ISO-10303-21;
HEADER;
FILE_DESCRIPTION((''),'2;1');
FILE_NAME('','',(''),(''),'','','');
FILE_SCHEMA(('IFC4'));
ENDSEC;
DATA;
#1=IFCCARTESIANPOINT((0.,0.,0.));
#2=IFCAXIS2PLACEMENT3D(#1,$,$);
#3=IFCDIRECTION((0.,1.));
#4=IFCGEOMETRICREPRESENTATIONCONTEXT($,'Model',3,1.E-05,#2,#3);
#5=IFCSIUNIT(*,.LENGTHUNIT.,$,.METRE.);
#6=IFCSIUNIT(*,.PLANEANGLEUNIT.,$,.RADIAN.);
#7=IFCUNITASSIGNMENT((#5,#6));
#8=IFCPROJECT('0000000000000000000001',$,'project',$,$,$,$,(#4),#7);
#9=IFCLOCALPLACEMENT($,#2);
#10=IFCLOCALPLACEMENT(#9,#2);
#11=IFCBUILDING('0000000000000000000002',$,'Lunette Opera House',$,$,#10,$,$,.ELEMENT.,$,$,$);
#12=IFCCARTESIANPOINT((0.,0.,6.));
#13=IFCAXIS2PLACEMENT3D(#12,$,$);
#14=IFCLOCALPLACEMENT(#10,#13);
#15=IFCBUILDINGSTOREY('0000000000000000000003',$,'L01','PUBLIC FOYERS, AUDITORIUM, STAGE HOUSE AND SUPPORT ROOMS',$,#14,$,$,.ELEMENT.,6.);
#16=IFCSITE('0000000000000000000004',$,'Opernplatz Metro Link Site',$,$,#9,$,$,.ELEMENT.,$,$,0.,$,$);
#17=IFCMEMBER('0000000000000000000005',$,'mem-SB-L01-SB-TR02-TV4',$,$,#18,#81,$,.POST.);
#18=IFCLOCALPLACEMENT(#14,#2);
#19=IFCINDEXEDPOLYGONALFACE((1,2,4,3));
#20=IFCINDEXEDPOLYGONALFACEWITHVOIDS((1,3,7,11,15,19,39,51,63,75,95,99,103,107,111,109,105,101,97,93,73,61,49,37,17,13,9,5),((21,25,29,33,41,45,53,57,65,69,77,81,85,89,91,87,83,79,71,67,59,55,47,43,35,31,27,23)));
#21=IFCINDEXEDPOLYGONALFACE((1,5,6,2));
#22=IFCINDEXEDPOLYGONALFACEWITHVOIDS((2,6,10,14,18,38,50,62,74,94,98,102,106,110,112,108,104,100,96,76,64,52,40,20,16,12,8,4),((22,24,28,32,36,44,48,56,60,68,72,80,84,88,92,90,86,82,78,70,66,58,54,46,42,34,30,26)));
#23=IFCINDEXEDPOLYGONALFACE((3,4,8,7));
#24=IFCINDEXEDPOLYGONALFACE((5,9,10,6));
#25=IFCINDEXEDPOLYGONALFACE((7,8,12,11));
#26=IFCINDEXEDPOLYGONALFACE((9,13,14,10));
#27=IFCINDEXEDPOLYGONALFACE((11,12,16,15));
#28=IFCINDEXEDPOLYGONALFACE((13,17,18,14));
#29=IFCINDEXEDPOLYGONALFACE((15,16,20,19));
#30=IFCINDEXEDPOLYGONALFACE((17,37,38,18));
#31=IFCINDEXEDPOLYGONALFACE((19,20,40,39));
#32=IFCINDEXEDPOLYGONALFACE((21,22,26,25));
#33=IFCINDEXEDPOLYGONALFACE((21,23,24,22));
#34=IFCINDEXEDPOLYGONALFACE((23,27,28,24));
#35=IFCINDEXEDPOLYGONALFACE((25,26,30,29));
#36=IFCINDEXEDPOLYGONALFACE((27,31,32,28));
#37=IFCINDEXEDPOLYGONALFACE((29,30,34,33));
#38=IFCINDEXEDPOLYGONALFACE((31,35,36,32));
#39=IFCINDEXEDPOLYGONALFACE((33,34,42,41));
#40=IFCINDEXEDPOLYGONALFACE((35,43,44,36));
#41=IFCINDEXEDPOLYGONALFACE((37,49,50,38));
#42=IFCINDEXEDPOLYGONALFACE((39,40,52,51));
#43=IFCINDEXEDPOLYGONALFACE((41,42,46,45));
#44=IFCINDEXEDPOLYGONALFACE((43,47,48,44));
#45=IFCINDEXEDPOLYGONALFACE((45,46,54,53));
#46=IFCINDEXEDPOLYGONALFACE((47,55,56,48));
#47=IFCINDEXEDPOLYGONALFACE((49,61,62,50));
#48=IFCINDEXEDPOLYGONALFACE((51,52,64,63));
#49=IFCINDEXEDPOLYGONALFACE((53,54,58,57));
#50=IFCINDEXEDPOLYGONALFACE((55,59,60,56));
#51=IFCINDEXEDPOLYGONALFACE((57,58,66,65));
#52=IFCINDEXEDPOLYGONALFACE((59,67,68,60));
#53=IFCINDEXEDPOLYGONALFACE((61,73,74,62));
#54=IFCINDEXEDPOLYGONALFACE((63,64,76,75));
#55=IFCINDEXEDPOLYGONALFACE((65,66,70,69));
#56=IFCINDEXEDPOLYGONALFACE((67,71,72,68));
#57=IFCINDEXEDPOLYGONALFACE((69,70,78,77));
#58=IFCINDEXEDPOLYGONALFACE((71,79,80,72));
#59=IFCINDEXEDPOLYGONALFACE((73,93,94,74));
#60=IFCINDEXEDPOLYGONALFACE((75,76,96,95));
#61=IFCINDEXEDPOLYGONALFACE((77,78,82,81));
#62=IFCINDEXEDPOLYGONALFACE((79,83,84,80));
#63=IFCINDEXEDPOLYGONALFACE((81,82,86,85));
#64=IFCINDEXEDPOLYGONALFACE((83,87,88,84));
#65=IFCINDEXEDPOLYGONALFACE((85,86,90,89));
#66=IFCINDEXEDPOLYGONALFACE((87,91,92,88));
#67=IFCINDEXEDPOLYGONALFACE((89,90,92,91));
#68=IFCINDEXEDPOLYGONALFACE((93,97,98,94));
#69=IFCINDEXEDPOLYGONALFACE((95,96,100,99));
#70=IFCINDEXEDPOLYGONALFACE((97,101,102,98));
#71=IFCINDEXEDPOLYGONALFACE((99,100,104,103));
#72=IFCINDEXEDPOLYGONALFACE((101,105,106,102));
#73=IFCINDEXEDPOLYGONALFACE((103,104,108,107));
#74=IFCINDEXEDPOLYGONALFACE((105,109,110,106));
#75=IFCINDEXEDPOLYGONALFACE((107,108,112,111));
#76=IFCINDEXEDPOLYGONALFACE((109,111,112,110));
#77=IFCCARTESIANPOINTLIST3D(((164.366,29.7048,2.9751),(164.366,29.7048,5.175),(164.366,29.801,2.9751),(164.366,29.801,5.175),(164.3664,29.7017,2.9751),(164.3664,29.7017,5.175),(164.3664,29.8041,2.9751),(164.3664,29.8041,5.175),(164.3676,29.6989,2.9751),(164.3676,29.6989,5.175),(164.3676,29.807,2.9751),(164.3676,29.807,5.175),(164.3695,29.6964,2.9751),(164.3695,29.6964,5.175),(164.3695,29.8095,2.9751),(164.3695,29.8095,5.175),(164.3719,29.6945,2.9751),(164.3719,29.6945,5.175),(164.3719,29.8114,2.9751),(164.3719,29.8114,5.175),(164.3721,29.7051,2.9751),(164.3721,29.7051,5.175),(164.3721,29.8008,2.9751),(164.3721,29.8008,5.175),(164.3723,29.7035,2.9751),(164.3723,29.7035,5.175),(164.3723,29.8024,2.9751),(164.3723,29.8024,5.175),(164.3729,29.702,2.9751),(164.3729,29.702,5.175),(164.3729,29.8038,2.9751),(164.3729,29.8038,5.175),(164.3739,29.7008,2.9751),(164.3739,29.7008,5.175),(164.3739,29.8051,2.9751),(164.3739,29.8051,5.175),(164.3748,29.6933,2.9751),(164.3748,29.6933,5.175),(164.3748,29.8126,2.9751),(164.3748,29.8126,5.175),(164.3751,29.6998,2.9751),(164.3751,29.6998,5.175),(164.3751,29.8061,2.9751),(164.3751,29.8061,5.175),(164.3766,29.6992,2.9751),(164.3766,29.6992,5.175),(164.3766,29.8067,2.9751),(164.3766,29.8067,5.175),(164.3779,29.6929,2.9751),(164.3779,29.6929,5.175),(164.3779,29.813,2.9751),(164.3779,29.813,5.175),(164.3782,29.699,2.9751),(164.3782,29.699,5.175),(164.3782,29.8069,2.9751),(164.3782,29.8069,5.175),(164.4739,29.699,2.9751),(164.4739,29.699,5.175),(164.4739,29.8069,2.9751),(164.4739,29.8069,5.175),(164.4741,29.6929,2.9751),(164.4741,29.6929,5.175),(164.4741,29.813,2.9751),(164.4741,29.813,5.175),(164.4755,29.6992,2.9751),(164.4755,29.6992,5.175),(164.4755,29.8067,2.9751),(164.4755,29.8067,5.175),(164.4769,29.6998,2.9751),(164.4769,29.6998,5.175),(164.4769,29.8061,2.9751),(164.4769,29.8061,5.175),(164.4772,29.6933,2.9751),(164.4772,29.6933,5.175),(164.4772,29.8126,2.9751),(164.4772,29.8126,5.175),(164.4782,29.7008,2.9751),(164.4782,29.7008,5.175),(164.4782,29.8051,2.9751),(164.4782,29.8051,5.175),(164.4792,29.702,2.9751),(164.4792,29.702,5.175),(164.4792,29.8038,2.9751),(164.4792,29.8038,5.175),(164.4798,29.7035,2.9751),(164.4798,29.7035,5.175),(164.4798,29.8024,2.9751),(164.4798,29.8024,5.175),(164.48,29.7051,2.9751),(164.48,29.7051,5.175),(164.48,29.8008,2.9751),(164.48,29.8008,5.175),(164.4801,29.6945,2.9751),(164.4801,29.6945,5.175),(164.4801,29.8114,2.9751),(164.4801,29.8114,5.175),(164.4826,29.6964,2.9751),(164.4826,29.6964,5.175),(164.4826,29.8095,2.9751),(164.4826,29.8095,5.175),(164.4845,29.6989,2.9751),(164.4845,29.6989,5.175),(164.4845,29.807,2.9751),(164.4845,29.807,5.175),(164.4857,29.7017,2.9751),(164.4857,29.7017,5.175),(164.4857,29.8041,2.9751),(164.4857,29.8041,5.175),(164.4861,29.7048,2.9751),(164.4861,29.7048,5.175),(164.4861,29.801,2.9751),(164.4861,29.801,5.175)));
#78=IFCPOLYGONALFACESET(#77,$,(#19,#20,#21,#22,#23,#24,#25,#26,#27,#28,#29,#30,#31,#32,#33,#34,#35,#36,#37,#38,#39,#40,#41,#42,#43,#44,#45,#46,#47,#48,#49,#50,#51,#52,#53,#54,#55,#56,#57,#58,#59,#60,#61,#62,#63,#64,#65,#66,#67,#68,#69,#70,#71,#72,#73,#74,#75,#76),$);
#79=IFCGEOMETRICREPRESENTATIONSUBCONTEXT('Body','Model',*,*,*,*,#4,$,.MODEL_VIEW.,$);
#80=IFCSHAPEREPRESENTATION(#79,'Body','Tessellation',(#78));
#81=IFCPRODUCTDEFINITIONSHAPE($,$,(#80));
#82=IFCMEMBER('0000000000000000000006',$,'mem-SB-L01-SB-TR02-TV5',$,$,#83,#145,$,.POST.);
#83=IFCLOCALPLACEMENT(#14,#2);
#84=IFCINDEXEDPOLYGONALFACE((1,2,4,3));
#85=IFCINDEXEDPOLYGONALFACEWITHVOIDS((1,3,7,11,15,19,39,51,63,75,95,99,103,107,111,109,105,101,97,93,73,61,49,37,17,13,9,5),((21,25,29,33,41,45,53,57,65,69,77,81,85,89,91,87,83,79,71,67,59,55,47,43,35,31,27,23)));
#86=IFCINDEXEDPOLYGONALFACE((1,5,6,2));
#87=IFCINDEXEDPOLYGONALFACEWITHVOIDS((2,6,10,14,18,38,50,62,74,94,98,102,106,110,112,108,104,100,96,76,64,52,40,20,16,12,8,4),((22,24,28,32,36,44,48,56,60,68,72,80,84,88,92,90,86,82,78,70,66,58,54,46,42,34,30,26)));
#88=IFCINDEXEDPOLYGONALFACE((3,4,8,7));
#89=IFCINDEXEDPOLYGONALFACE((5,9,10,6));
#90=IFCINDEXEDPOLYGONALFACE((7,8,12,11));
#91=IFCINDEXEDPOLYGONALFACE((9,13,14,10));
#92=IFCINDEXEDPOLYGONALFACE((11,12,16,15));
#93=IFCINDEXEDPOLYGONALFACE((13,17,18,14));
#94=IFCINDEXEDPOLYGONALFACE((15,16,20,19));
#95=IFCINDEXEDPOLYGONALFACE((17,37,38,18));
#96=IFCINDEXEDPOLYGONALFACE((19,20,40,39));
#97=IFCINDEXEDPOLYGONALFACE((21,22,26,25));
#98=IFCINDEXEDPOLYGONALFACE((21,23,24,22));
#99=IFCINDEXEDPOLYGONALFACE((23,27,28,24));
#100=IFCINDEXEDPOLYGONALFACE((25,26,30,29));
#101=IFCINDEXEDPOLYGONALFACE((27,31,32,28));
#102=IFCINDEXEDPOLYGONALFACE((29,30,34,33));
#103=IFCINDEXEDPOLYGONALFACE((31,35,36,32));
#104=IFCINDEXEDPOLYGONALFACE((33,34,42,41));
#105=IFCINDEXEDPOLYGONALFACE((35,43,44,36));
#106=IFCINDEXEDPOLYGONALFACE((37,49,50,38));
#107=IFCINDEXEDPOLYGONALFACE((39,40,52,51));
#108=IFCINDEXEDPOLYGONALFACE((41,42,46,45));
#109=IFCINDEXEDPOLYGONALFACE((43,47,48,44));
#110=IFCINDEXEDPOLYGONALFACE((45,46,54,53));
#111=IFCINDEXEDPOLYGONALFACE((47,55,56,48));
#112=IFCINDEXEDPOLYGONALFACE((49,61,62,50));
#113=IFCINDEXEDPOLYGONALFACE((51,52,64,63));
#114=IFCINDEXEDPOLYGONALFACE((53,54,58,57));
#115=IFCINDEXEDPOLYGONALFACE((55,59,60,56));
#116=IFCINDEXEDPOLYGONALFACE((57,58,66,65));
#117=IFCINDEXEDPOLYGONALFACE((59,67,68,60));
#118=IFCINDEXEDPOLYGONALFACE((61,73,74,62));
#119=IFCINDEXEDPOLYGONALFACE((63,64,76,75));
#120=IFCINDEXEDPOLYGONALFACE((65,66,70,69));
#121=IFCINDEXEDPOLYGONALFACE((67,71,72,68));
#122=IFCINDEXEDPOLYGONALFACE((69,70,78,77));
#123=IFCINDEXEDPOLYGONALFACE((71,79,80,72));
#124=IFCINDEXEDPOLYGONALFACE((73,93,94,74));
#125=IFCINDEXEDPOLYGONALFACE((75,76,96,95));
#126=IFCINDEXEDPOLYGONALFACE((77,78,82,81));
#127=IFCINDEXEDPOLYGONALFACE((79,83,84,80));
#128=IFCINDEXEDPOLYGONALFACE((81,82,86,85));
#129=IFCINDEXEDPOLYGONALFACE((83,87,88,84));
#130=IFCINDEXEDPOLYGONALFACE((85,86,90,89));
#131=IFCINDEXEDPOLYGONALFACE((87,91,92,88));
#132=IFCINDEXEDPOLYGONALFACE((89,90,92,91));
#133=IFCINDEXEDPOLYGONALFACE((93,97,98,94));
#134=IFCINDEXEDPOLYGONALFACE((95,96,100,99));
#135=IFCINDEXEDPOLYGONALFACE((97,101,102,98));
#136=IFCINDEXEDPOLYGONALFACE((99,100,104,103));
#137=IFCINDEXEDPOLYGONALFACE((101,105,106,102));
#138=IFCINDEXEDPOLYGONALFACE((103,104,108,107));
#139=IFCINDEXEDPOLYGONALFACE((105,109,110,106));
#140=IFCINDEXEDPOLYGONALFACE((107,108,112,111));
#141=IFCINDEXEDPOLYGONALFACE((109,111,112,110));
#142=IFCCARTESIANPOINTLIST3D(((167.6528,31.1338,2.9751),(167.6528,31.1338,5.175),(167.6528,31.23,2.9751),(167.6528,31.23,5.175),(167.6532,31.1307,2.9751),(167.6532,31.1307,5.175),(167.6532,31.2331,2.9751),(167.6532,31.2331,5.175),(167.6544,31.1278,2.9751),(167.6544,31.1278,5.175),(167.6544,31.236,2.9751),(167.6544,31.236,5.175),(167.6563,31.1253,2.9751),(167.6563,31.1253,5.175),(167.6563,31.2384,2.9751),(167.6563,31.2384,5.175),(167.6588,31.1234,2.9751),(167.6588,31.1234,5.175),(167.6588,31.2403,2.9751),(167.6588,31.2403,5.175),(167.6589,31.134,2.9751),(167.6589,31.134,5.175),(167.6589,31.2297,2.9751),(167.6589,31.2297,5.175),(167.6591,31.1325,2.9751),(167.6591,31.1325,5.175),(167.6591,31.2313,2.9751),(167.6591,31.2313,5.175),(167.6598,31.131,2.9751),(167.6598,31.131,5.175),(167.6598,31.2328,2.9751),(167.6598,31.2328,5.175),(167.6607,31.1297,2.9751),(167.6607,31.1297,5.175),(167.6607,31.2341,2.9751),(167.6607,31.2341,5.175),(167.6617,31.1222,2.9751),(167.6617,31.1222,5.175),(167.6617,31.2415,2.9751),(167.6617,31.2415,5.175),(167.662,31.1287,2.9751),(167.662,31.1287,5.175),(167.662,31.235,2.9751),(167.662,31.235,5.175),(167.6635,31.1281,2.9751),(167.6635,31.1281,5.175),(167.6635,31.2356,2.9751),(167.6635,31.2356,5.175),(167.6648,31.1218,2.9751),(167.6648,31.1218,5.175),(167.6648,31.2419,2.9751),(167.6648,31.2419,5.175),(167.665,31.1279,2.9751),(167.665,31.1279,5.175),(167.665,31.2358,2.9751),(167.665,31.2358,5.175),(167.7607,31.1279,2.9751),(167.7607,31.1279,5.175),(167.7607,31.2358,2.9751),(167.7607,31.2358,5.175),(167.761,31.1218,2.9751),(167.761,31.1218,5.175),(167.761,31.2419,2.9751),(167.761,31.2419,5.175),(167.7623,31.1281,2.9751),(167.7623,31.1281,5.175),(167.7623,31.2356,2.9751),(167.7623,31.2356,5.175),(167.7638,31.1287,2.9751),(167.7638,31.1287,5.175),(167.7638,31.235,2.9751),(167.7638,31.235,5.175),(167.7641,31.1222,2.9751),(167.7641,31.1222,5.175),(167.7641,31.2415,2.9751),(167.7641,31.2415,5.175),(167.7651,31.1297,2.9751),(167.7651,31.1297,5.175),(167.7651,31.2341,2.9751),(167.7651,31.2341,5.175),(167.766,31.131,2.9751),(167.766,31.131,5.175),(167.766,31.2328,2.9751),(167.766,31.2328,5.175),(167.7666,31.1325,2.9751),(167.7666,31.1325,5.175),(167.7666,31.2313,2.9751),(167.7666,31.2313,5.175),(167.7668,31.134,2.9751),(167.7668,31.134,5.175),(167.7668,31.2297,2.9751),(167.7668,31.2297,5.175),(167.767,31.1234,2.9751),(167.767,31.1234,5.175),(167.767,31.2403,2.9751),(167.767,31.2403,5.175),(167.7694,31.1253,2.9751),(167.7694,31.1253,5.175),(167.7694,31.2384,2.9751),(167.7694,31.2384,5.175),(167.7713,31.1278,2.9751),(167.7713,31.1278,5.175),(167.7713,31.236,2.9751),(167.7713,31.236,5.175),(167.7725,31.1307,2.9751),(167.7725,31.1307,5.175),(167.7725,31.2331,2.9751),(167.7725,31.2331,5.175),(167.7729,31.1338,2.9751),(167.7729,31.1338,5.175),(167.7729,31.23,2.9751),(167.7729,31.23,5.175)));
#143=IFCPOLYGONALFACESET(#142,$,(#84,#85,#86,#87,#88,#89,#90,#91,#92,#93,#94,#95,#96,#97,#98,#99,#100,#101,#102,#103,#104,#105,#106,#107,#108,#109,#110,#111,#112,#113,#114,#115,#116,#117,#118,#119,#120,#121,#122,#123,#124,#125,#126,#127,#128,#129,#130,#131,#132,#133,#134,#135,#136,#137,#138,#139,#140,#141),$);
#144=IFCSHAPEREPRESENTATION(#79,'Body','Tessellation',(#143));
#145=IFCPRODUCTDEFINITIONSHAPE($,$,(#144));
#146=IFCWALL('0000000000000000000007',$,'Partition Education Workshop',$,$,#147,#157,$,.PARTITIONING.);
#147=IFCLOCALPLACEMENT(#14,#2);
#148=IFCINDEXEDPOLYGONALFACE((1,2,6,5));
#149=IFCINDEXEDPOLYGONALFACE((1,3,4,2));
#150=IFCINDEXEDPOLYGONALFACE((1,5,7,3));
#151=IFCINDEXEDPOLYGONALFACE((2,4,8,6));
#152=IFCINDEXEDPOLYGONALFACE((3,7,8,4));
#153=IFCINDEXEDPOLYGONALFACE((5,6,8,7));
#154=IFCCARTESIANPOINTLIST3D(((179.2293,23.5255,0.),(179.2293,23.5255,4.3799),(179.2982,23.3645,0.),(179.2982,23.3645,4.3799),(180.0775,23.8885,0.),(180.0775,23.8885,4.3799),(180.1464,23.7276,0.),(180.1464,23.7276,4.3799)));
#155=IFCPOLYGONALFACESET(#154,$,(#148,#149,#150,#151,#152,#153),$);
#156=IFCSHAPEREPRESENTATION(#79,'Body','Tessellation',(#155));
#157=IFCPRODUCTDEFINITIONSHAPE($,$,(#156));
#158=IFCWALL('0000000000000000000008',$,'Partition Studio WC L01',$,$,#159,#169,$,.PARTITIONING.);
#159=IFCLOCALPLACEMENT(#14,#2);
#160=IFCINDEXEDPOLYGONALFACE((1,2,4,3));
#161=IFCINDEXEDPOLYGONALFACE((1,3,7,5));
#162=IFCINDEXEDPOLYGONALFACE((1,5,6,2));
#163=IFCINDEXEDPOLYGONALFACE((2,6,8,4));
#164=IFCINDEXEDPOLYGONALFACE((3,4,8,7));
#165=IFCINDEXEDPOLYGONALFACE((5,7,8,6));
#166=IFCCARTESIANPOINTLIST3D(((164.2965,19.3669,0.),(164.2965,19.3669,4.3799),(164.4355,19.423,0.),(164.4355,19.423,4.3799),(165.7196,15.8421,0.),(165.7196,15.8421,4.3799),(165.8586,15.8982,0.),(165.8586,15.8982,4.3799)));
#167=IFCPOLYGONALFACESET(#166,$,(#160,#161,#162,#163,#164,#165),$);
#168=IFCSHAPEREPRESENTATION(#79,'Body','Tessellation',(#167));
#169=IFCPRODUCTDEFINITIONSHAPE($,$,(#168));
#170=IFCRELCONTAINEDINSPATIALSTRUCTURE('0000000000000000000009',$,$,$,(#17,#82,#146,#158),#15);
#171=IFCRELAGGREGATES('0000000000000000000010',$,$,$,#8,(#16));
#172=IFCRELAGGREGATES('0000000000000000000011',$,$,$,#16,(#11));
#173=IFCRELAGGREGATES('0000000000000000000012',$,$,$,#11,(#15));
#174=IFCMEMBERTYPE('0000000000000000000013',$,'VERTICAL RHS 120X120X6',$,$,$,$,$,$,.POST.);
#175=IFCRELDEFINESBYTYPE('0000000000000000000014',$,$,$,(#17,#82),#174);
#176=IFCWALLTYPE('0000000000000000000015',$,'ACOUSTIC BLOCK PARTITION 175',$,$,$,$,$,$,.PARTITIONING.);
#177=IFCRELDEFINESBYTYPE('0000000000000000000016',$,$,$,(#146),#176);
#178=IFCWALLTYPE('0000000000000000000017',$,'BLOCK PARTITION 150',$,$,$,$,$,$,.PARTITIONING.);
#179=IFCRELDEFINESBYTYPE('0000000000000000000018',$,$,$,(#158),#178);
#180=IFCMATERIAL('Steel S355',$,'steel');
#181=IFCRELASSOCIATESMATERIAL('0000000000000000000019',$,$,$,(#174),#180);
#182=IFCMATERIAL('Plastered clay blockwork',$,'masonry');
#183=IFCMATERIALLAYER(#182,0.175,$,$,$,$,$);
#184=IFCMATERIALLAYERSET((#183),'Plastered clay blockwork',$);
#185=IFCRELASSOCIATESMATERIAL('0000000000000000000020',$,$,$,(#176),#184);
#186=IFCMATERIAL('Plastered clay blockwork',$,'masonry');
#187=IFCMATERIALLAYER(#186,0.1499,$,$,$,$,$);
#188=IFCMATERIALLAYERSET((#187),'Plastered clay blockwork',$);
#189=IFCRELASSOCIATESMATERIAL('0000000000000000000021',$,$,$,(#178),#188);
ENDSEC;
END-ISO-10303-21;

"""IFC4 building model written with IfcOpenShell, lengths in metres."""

from ifc_helpers import new_model, si_unit, direction, frame, frame_2d, origin, origin_2d, place, context, subcontext, project, spatial, rectangle, hollow_rectangle, extrude, material, layer, layer_set, material_profile, profile_set, type_object, element, save


model = new_model("IFC4")

# Units and contexts
model_context = context("Model", 3, precision=1e-05, world=origin(), true_north=direction((0.0, 1.0)))
body_context = subcontext(model_context, "Body", "Model", "MODEL_VIEW")
ifc_project = project(units=[si_unit("LENGTHUNIT", "METRE"), si_unit("PLANEANGLEUNIT", "RADIAN")], contexts=[model_context])

# Site, building, storey
site_placement = place(None, origin())
site = spatial("IfcSite", under=ifc_project, at=site_placement, Name="Opernplatz Metro Link Site", CompositionType="ELEMENT", RefElevation=0.0)
building_placement = place(site_placement, origin())
building = spatial("IfcBuilding", under=site, at=building_placement, Name="Lunette Opera House", CompositionType="ELEMENT")
storey_placement = place(building_placement, frame((0.0, 0.0, 6.0)))
storey = spatial("IfcBuildingStorey", under=building, at=storey_placement, Name="L01", Description="PUBLIC FOYERS, AUDITORIUM, STAGE HOUSE AND SUPPORT ROOMS", CompositionType="ELEMENT", Elevation=6.0)

# Members
ifc_material_1 = material(Name="Steel S355", Category="steel")
ifc_material_profile_1 = material_profile(ifc_material_1, hollow_rectangle(XDim=0.1201, YDim=0.1201, WallThickness=0.0061, InnerFilletRadius=0.0061, OuterFilletRadius=0.012, at=origin_2d()), Name="RHS 120X120X6")
ifc_profile_set_1 = profile_set([ifc_material_profile_1], Name="Steel S355")
member_type_1 = type_object("IfcMemberType", Name="VERTICAL RHS 120X120X6", PredefinedType="POST", material=ifc_profile_set_1)
for number, where, z_axis, x_axis, name in (
    (1, (164.426, 29.7529, 2.9751), (0.0, 0.0, 1.0), (1.0, 0.0, 0.0), "mem-SB-L01-SB-TR02-TV4"),
    (2, (167.7129, 31.1819, 2.9751), (0.0, 0.0, 1.0), (1.0, 0.0, 0.0), "mem-SB-L01-SB-TR02-TV5"),
):
    element("IfcMember", number, at=place(storey_placement, frame(where, z_axis=z_axis, x_axis=x_axis)), inside=storey, type_object=member_type_1, Name=name, PredefinedType="POST", context=body_context, shape_type="SweptSolid", body=[
        extrude(hollow_rectangle(XDim=0.1201, YDim=0.1201, WallThickness=0.0061, InnerFilletRadius=0.0061, OuterFilletRadius=0.012, at=origin_2d()), origin(), (0.0, 0.0, 1.0), 2.2),
    ])

# Walls
ifc_material_2 = material(Name="Plastered clay blockwork", Category="masonry")
ifc_layer_1 = layer(ifc_material_2, 0.175)
ifc_layer_set_1 = layer_set([ifc_layer_1], Name="Plastered clay blockwork")
wall_type_1 = type_object("IfcWallType", Name="ACOUSTIC BLOCK PARTITION 175", PredefinedType="PARTITIONING", material=ifc_layer_set_1)
wall_1_placement = place(storey_placement, frame((180.1121, 23.8081, 0.0), z_axis=(0.0, 0.0, 1.0), x_axis=(-0.919323, -0.393504, 0.0)))
element("IfcWall", 3, at=wall_1_placement, inside=storey, type_object=wall_type_1, Name="Partition Education Workshop", PredefinedType="PARTITIONING", context=body_context, shape_type="SweptSolid", body=[
    extrude(rectangle(XDim=0.9226, YDim=0.175, at=frame_2d((0.4614, 0.0))), origin(), (0.0, 0.0, 1.0), 4.3799),
])
ifc_material_3 = material(Name="Plastered clay blockwork", Category="masonry")
ifc_layer_2 = layer(ifc_material_3, 0.1499)
ifc_layer_set_2 = layer_set([ifc_layer_2], Name="Plastered clay blockwork")
wall_type_2 = type_object("IfcWallType", Name="BLOCK PARTITION 150", PredefinedType="PARTITIONING", material=ifc_layer_set_2)
wall_2_placement = place(storey_placement, frame((165.7891, 15.8701, 0.0), z_axis=(0.0, 0.0, 1.0), x_axis=(-0.374367, 0.92728, 0.0)))
element("IfcWall", 4, at=wall_2_placement, inside=storey, type_object=wall_type_2, Name="Partition Studio WC L01", PredefinedType="PARTITIONING", context=body_context, shape_type="SweptSolid", body=[
    extrude(rectangle(XDim=3.8013, YDim=0.1499, at=frame_2d((1.9006, 0.0))), origin(), (0.0, 0.0, 1.0), 4.3799),
])

save(model, "model.ifc")
